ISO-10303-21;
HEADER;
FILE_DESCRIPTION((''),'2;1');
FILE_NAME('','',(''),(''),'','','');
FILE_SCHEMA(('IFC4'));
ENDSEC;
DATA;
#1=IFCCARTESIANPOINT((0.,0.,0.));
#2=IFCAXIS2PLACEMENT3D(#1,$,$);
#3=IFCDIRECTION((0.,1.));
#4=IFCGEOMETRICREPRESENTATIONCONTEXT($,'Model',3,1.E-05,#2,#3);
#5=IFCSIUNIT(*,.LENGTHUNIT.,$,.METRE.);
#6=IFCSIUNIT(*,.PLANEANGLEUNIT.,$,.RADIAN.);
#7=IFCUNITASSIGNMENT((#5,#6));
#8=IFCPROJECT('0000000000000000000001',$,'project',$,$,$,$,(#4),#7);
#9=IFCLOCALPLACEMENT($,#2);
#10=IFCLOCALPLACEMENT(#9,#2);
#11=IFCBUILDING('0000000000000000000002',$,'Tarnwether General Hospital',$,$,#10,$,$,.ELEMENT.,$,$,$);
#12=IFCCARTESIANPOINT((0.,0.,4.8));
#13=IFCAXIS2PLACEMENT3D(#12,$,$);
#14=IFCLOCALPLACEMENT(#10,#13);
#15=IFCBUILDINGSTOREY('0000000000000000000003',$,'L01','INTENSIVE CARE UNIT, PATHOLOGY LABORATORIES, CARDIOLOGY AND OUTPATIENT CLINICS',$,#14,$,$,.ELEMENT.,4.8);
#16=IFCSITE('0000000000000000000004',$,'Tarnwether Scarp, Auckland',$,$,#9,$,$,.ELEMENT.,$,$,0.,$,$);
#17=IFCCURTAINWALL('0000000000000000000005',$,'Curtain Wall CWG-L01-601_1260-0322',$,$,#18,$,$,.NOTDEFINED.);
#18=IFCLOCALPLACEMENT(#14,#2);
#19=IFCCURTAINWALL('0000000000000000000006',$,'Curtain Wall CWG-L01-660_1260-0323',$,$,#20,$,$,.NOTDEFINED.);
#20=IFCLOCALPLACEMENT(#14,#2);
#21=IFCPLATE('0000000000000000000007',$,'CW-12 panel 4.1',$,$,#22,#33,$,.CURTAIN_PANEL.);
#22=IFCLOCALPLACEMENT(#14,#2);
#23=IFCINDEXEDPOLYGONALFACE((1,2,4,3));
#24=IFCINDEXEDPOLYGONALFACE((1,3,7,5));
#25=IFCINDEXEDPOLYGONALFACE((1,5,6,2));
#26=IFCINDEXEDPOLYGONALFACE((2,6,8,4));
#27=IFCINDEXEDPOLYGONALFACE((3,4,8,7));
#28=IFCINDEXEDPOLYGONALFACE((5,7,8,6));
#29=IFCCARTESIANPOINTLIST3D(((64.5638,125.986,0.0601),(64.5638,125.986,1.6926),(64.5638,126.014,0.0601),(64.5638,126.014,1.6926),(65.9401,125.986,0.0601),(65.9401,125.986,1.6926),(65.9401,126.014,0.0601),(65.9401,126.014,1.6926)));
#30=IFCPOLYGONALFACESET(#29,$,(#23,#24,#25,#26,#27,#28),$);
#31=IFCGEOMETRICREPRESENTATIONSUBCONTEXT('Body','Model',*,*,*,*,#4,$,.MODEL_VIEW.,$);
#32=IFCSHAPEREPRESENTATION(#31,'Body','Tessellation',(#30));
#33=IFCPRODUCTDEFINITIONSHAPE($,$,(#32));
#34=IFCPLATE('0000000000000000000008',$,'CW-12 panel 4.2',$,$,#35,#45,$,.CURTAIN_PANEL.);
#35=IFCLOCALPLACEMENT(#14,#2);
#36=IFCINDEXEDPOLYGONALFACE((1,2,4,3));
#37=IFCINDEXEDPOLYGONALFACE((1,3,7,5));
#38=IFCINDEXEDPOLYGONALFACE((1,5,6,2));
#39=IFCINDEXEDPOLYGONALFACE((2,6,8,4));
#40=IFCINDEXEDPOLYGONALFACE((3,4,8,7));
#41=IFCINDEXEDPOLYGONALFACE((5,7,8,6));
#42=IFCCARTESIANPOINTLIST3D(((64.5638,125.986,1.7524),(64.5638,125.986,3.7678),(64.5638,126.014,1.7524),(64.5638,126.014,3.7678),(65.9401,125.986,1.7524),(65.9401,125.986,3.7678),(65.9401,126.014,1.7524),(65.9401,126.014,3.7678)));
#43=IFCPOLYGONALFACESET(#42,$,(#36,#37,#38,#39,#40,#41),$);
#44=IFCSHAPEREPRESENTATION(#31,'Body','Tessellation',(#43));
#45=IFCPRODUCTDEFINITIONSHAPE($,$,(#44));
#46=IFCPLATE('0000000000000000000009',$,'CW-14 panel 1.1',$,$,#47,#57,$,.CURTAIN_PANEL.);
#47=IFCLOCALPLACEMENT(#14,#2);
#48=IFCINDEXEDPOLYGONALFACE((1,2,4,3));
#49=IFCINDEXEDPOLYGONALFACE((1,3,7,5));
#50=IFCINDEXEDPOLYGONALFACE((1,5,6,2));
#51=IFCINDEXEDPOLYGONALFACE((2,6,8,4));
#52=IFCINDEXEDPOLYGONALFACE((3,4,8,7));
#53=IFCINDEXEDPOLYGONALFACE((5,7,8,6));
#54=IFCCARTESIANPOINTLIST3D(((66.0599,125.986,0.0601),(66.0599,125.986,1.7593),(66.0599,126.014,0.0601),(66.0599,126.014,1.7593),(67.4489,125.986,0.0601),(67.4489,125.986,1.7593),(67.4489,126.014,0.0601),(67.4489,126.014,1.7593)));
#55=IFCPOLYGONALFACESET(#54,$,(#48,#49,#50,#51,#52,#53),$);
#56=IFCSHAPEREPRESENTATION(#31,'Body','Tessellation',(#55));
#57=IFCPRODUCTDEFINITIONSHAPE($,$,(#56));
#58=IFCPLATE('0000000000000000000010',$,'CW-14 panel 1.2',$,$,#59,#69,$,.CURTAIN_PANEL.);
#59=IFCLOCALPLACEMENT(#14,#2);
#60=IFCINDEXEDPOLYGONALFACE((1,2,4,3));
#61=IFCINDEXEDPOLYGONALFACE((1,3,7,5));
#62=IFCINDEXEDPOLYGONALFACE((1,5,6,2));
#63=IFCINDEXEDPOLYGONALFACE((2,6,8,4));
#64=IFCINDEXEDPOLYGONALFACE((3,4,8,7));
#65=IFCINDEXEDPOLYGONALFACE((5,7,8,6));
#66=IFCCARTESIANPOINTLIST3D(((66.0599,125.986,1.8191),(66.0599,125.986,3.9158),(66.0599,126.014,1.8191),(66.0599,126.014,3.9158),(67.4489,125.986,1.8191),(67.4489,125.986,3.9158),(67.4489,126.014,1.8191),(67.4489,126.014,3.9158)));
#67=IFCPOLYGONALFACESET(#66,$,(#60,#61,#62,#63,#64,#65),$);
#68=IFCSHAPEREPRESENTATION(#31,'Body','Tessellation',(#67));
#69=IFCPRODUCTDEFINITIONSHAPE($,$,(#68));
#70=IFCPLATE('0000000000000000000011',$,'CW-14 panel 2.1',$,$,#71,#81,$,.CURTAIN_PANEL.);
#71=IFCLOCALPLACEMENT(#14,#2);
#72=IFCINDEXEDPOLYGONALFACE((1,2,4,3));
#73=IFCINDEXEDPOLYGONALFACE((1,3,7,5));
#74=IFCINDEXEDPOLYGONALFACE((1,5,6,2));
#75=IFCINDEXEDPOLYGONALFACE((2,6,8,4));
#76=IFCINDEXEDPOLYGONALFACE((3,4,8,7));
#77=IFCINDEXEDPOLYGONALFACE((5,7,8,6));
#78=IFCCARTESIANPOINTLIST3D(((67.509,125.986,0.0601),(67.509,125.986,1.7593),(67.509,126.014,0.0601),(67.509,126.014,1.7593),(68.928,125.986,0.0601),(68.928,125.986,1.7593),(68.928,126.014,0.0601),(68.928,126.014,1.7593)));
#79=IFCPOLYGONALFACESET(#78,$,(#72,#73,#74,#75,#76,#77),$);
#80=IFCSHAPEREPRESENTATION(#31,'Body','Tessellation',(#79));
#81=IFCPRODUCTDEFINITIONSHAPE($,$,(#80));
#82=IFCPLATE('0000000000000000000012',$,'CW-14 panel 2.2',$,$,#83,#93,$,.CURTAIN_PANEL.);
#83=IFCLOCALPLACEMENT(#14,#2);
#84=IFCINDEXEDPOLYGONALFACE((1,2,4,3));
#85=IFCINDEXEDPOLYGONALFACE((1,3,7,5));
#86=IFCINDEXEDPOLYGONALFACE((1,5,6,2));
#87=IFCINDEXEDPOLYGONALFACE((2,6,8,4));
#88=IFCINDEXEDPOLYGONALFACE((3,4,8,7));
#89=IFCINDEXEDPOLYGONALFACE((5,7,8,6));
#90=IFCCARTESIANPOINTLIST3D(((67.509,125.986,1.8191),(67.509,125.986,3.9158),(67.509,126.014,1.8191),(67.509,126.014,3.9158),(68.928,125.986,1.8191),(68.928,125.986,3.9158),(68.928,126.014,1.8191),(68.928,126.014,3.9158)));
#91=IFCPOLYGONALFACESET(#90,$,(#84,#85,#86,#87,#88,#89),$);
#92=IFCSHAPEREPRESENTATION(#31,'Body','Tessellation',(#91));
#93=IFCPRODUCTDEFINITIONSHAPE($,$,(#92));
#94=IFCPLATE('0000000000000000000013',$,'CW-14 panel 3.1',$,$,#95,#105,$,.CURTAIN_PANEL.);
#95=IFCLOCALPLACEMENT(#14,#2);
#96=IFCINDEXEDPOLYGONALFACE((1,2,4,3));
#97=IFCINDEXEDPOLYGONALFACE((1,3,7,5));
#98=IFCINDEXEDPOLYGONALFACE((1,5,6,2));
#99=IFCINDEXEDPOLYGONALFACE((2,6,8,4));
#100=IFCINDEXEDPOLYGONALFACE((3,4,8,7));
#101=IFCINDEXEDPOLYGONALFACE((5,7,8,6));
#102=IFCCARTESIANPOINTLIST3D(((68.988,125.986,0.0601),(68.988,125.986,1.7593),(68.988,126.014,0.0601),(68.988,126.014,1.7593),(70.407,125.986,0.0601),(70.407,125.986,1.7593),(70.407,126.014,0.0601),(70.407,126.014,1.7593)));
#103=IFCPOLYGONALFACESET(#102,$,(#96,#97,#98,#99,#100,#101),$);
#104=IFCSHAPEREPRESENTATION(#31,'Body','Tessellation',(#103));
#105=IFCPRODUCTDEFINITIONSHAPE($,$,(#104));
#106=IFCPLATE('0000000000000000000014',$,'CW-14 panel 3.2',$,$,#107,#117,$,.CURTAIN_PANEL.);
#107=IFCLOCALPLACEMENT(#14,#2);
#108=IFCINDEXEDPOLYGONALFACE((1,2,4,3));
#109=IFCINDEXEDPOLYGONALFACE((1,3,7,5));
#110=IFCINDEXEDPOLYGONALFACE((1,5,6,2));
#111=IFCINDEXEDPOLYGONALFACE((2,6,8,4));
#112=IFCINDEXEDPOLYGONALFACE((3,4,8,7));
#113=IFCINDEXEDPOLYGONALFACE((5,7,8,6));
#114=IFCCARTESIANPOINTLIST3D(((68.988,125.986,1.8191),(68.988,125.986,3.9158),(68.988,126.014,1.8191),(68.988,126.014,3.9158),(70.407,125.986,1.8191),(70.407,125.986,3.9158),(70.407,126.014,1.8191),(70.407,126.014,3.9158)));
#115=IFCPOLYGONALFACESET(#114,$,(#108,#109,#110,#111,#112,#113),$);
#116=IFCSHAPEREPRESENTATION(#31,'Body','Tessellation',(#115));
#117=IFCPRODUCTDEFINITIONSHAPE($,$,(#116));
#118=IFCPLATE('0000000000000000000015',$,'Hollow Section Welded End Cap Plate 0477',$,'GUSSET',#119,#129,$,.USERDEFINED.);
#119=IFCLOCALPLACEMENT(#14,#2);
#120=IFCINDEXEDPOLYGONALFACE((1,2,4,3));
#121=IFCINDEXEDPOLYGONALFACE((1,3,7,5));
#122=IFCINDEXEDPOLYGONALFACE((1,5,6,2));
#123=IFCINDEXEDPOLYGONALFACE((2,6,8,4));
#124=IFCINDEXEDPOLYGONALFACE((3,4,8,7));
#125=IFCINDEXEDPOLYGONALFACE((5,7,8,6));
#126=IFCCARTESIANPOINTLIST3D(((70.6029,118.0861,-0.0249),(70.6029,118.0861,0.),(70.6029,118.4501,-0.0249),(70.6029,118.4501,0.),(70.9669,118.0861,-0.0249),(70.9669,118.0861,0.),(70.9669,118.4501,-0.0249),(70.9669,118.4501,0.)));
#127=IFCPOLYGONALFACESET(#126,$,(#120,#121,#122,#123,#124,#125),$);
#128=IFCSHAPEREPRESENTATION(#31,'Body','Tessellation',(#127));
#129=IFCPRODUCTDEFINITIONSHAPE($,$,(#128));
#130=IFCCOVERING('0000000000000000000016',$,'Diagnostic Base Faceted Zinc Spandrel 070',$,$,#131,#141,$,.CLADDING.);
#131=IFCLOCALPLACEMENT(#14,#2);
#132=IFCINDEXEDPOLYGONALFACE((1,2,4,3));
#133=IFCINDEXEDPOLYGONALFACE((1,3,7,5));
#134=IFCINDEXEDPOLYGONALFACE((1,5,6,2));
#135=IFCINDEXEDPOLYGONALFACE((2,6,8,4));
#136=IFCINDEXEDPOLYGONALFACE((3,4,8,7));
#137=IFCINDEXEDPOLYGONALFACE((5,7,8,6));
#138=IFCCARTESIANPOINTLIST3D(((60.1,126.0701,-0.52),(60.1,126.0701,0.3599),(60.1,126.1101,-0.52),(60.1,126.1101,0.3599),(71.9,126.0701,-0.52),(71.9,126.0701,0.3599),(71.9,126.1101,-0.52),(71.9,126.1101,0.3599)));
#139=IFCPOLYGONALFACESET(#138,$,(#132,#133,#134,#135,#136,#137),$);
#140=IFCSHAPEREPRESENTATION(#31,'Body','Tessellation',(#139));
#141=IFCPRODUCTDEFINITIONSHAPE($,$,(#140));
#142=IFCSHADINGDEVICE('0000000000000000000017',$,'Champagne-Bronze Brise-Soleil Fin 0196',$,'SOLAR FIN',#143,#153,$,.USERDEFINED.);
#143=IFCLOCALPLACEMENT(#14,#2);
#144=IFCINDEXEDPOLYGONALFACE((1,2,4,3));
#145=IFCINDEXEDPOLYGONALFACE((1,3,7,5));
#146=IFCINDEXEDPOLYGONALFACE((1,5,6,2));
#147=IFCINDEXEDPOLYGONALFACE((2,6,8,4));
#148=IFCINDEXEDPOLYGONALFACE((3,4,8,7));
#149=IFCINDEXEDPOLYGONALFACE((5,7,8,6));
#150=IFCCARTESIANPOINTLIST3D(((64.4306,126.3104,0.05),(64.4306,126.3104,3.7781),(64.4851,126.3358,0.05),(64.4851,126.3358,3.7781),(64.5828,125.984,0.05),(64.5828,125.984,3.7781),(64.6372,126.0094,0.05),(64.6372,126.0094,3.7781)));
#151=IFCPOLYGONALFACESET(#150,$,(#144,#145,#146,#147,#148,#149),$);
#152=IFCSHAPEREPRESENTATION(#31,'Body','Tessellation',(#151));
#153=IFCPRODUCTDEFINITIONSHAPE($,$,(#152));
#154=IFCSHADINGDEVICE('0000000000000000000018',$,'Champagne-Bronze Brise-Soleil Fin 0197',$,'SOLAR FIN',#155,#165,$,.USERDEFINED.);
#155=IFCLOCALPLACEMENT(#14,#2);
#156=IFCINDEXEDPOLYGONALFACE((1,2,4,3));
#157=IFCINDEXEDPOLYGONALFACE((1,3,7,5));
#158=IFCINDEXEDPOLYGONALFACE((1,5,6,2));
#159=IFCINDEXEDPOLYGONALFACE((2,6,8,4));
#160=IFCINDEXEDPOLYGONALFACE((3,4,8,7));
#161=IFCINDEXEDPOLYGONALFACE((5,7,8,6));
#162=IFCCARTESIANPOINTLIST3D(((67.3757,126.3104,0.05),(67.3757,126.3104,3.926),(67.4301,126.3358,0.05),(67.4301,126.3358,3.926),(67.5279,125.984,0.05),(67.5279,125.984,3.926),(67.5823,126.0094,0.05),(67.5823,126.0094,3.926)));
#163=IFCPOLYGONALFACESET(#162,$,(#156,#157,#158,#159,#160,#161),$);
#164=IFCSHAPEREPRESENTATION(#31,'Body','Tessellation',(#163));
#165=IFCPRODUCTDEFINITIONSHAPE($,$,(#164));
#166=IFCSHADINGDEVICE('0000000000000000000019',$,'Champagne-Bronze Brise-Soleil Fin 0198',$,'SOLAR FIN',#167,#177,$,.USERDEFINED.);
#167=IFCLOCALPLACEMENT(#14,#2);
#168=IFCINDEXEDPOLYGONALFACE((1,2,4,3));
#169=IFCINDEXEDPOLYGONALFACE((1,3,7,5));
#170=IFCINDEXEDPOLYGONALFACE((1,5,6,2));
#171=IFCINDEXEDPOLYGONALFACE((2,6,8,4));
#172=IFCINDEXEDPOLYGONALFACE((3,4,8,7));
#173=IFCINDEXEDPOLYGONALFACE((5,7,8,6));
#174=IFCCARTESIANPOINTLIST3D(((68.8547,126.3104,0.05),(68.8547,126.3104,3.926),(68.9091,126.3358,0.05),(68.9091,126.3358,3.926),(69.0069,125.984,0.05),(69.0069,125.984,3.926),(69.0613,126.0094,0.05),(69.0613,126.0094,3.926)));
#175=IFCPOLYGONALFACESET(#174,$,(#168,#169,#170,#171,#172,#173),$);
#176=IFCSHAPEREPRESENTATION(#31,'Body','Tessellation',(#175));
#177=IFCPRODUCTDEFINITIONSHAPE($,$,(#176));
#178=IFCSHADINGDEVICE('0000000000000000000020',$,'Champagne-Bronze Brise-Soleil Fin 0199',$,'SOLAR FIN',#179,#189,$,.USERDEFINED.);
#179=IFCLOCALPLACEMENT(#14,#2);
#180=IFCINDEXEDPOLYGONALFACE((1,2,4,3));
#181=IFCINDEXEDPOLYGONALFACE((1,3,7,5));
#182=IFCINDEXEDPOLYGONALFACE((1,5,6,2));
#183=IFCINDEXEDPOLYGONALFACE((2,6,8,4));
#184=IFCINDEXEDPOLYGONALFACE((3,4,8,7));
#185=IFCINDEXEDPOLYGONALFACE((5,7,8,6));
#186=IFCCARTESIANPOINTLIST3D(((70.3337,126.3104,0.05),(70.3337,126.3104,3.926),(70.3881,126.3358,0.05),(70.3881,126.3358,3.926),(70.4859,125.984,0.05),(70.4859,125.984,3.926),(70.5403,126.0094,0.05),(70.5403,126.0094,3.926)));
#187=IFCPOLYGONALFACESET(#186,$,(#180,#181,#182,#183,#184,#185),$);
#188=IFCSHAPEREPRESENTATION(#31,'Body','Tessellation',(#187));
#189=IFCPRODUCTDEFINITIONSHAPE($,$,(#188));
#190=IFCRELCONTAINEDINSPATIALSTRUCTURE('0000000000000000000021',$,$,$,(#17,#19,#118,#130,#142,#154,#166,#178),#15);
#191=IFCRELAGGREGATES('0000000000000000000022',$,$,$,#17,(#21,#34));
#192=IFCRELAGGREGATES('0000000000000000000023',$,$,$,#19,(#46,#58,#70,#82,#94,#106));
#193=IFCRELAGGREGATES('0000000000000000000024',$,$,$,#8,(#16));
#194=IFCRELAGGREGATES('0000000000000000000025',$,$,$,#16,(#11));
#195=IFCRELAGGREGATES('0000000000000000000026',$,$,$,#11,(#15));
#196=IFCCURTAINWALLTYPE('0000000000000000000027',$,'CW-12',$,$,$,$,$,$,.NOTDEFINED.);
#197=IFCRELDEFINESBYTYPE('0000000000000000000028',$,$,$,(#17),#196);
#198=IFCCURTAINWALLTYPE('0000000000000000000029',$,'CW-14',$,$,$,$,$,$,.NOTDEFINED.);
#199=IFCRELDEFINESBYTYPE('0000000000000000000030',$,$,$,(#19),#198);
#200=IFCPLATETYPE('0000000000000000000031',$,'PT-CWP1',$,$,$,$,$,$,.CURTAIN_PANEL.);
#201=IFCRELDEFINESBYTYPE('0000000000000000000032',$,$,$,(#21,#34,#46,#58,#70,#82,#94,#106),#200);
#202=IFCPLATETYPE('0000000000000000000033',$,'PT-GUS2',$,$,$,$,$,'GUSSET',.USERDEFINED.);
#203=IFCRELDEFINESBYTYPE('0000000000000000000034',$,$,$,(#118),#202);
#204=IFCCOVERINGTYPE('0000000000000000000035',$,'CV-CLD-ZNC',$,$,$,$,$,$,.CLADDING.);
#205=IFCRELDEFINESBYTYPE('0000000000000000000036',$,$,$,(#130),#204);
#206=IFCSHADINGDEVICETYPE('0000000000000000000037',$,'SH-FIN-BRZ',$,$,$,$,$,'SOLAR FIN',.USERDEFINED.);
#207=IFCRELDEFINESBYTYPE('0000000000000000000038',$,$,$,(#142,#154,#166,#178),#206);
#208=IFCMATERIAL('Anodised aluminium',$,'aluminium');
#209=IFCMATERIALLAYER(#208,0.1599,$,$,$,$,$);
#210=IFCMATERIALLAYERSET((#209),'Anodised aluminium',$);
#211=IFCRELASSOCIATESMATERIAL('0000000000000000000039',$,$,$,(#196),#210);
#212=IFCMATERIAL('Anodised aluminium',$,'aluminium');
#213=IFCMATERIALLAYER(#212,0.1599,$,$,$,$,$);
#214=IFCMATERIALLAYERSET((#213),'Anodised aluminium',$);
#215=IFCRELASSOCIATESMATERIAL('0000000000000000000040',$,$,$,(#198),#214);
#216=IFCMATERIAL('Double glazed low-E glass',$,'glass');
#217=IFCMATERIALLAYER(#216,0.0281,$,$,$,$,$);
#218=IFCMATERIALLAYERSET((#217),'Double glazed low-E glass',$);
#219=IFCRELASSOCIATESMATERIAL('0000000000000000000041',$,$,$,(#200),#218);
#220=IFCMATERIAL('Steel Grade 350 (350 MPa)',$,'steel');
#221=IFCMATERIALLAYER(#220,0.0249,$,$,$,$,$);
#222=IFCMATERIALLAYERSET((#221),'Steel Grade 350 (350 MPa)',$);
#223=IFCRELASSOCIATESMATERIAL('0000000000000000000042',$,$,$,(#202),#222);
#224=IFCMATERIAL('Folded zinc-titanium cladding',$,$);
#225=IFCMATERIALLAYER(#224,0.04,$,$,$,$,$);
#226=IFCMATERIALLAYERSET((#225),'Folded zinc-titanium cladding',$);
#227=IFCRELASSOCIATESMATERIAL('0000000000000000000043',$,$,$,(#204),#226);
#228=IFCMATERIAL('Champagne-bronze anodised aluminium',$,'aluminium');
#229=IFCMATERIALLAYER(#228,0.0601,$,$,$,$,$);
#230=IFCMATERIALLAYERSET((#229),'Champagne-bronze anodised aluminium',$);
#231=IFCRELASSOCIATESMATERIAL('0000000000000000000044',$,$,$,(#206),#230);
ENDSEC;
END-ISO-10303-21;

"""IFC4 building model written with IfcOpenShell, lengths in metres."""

from ifc_helpers import new_model, si_unit, direction, frame, origin, origin_2d, place, context, subcontext, project, spatial, rectangle, extrude, material, layer, layer_set, type_object, element, aggregate, save


model = new_model("IFC4")

# Units and contexts
model_context = context("Model", 3, precision=1e-05, world=origin(), true_north=direction((0.0, 1.0)))
body_context = subcontext(model_context, "Body", "Model", "MODEL_VIEW")
ifc_project = project(units=[si_unit("LENGTHUNIT", "METRE"), si_unit("PLANEANGLEUNIT", "RADIAN")], contexts=[model_context])

# Site, building, storey
site_placement = place(None, origin())
site = spatial("IfcSite", under=ifc_project, at=site_placement, Name="Tarnwether Scarp, Auckland", CompositionType="ELEMENT", RefElevation=0.0)
building_placement = place(site_placement, origin())
building = spatial("IfcBuilding", under=site, at=building_placement, Name="Tarnwether General Hospital", CompositionType="ELEMENT")
storey_placement = place(building_placement, frame((0.0, 0.0, 4.8)))
storey = spatial("IfcBuildingStorey", under=building, at=storey_placement, Name="L01", Description="INTENSIVE CARE UNIT, PATHOLOGY LABORATORIES, CARDIOLOGY AND OUTPATIENT CLINICS", CompositionType="ELEMENT", Elevation=4.8)

# Curtain walls
ifc_material_1 = material(Name="Anodised aluminium", Category="aluminium")
ifc_layer_1 = layer(ifc_material_1, 0.1599)
ifc_layer_set_1 = layer_set([ifc_layer_1], Name="Anodised aluminium")
curtain_wall_type_1 = type_object("IfcCurtainWallType", Name="CW-12", PredefinedType="NOTDEFINED", material=ifc_layer_set_1)
curtain_wall_1_placement = place(storey_placement, origin())
curtain_wall_1 = element("IfcCurtainWall", 1, at=curtain_wall_1_placement, inside=storey, type_object=curtain_wall_type_1, Name="Curtain Wall CWG-L01-601_1260-0322", PredefinedType="NOTDEFINED")
ifc_material_2 = material(Name="Anodised aluminium", Category="aluminium")
ifc_layer_2 = layer(ifc_material_2, 0.1599)
ifc_layer_set_2 = layer_set([ifc_layer_2], Name="Anodised aluminium")
curtain_wall_type_2 = type_object("IfcCurtainWallType", Name="CW-14", PredefinedType="NOTDEFINED", material=ifc_layer_set_2)
curtain_wall_2_placement = place(storey_placement, origin())
curtain_wall_2 = element("IfcCurtainWall", 2, at=curtain_wall_2_placement, inside=storey, type_object=curtain_wall_type_2, Name="Curtain Wall CWG-L01-660_1260-0323", PredefinedType="NOTDEFINED")

# Plates
ifc_material_3 = material(Name="Double glazed low-E glass", Category="glass")
ifc_layer_3 = layer(ifc_material_3, 0.0281)
ifc_layer_set_3 = layer_set([ifc_layer_3], Name="Double glazed low-E glass")
plate_type_1 = type_object("IfcPlateType", Name="PT-CWP1", PredefinedType="CURTAIN_PANEL", material=ifc_layer_set_3)
plate_1_placement = place(storey_placement, frame((65.252, 126.0, 0.0601), z_axis=(0.0, 0.0, 1.0), x_axis=(1.0, 0.0, 0.0)))
plate_1 = element("IfcPlate", 3, at=plate_1_placement, type_object=plate_type_1, Name="CW-12 panel 4.1", PredefinedType="CURTAIN_PANEL", context=body_context, shape_type="SweptSolid", body=[
    extrude(rectangle(XDim=1.3762, YDim=0.0281, at=origin_2d()), origin(), (0.0, 0.0, 1.0), 1.6326),
])
plate_2_placement = place(storey_placement, frame((65.252, 126.0, 1.7524), z_axis=(0.0, 0.0, 1.0), x_axis=(1.0, 0.0, 0.0)))
plate_2 = element("IfcPlate", 4, at=plate_2_placement, type_object=plate_type_1, Name="CW-12 panel 4.2", PredefinedType="CURTAIN_PANEL", context=body_context, shape_type="SweptSolid", body=[
    extrude(rectangle(XDim=1.3762, YDim=0.0281, at=origin_2d()), origin(), (0.0, 0.0, 1.0), 2.0154),
])
aggregate(curtain_wall_1, [plate_1, plate_2])
plate_3_placement = place(storey_placement, frame((66.7544, 126.0, 0.0601), z_axis=(0.0, 0.0, 1.0), x_axis=(1.0, 0.0, 0.0)))
plate_3 = element("IfcPlate", 5, at=plate_3_placement, type_object=plate_type_1, Name="CW-14 panel 1.1", PredefinedType="CURTAIN_PANEL", context=body_context, shape_type="SweptSolid", body=[
    extrude(rectangle(XDim=1.3889, YDim=0.0281, at=origin_2d()), origin(), (0.0, 0.0, 1.0), 1.6992),
])
plate_4_placement = place(storey_placement, frame((66.7544, 126.0, 1.8191), z_axis=(0.0, 0.0, 1.0), x_axis=(1.0, 0.0, 0.0)))
plate_4 = element("IfcPlate", 6, at=plate_4_placement, type_object=plate_type_1, Name="CW-14 panel 1.2", PredefinedType="CURTAIN_PANEL", context=body_context, shape_type="SweptSolid", body=[
    extrude(rectangle(XDim=1.3889, YDim=0.0281, at=origin_2d()), origin(), (0.0, 0.0, 1.0), 2.0967),
])
plate_5_placement = place(storey_placement, frame((68.2185, 126.0, 0.0601), z_axis=(0.0, 0.0, 1.0), x_axis=(1.0, 0.0, 0.0)))
plate_5 = element("IfcPlate", 7, at=plate_5_placement, type_object=plate_type_1, Name="CW-14 panel 2.1", PredefinedType="CURTAIN_PANEL", context=body_context, shape_type="SweptSolid", body=[
    extrude(rectangle(XDim=1.4189, YDim=0.0281, at=origin_2d()), origin(), (0.0, 0.0, 1.0), 1.6992),
])
plate_6_placement = place(storey_placement, frame((68.2185, 126.0, 1.8191), z_axis=(0.0, 0.0, 1.0), x_axis=(1.0, 0.0, 0.0)))
plate_6 = element("IfcPlate", 8, at=plate_6_placement, type_object=plate_type_1, Name="CW-14 panel 2.2", PredefinedType="CURTAIN_PANEL", context=body_context, shape_type="SweptSolid", body=[
    extrude(rectangle(XDim=1.4189, YDim=0.0281, at=origin_2d()), origin(), (0.0, 0.0, 1.0), 2.0967),
])
plate_7_placement = place(storey_placement, frame((69.6975, 126.0, 0.0601), z_axis=(0.0, 0.0, 1.0), x_axis=(1.0, 0.0, 0.0)))
plate_7 = element("IfcPlate", 9, at=plate_7_placement, type_object=plate_type_1, Name="CW-14 panel 3.1", PredefinedType="CURTAIN_PANEL", context=body_context, shape_type="SweptSolid", body=[
    extrude(rectangle(XDim=1.4189, YDim=0.0281, at=origin_2d()), origin(), (0.0, 0.0, 1.0), 1.6992),
])
plate_8_placement = place(storey_placement, frame((69.6975, 126.0, 1.8191), z_axis=(0.0, 0.0, 1.0), x_axis=(1.0, 0.0, 0.0)))
plate_8 = element("IfcPlate", 10, at=plate_8_placement, type_object=plate_type_1, Name="CW-14 panel 3.2", PredefinedType="CURTAIN_PANEL", context=body_context, shape_type="SweptSolid", body=[
    extrude(rectangle(XDim=1.4189, YDim=0.0281, at=origin_2d()), origin(), (0.0, 0.0, 1.0), 2.0967),
])
aggregate(curtain_wall_2, [plate_3, plate_4, plate_5, plate_6, plate_7, plate_8])
ifc_material_4 = material(Name="Steel Grade 350 (350 MPa)", Category="steel")
ifc_layer_4 = layer(ifc_material_4, 0.0249)
ifc_layer_set_4 = layer_set([ifc_layer_4], Name="Steel Grade 350 (350 MPa)")
plate_type_2 = type_object("IfcPlateType", Name="PT-GUS2", ElementType="GUSSET", PredefinedType="USERDEFINED", material=ifc_layer_set_4)
plate_9_placement = place(storey_placement, frame((70.7849, 118.2681, -0.0249), z_axis=(0.0, 0.0, 1.0), x_axis=(1.0, 0.0, 0.0)))
element("IfcPlate", 11, at=plate_9_placement, inside=storey, type_object=plate_type_2, Name="Hollow Section Welded End Cap Plate 0477", ObjectType="GUSSET", PredefinedType="USERDEFINED", context=body_context, shape_type="SweptSolid", body=[
    extrude(rectangle(XDim=0.364, YDim=0.364, at=origin_2d()), origin(), (0.0, 0.0, 1.0), 0.0249),
])

# Covering
ifc_material_5 = material(Name="Folded zinc-titanium cladding")
ifc_layer_5 = layer(ifc_material_5, 0.04)
ifc_layer_set_5 = layer_set([ifc_layer_5], Name="Folded zinc-titanium cladding")
covering_type = type_object("IfcCoveringType", Name="CV-CLD-ZNC", PredefinedType="CLADDING", material=ifc_layer_set_5)
covering_placement = place(storey_placement, frame((66.0, 126.0901, -0.52), z_axis=(0.0, 0.0, 1.0), x_axis=(1.0, 0.0, 0.0)))
element("IfcCovering", 12, at=covering_placement, inside=storey, type_object=covering_type, Name="Diagnostic Base Faceted Zinc Spandrel 070", PredefinedType="CLADDING", context=body_context, shape_type="SweptSolid", body=[
    extrude(rectangle(XDim=11.8, YDim=0.04, at=origin_2d()), origin(), (0.0, 0.0, 1.0), 0.8799),
])

# Shading devices
ifc_material_6 = material(Name="Champagne-bronze anodised aluminium", Category="aluminium")
ifc_layer_6 = layer(ifc_material_6, 0.0601)
ifc_layer_set_6 = layer_set([ifc_layer_6], Name="Champagne-bronze anodised aluminium")
shading_device_type = type_object("IfcShadingDeviceType", Name="SH-FIN-BRZ", ElementType="SOLAR FIN", PredefinedType="USERDEFINED", material=ifc_layer_set_6)
shading_device_placement = place(storey_placement, frame((64.5339, 126.1599, 0.05), z_axis=(0.0, 0.0, 1.0), x_axis=(0.906308, 0.422618, 0.0)))
element("IfcShadingDevice", 13, at=shading_device_placement, inside=storey, type_object=shading_device_type, Name="Champagne-Bronze Brise-Soleil Fin 0196", ObjectType="SOLAR FIN", PredefinedType="USERDEFINED", context=body_context, shape_type="SweptSolid", body=[
    extrude(rectangle(XDim=0.0601, YDim=0.3601, at=origin_2d()), origin(), (0.0, 0.0, 1.0), 3.728),
])
for number, where, z_axis, x_axis, name in (
    (14, (67.479, 126.1599, 0.05), (0.0, 0.0, 1.0), (0.906308, 0.422618, 0.0), "Champagne-Bronze Brise-Soleil Fin 0197"),
    (15, (68.958, 126.1599, 0.05), (0.0, 0.0, 1.0), (0.906308, 0.422618, 0.0), "Champagne-Bronze Brise-Soleil Fin 0198"),
    (16, (70.437, 126.1599, 0.05), (0.0, 0.0, 1.0), (0.906308, 0.422618, 0.0), "Champagne-Bronze Brise-Soleil Fin 0199"),
):
    element("IfcShadingDevice", number, at=place(storey_placement, frame(where, z_axis=z_axis, x_axis=x_axis)), inside=storey, type_object=shading_device_type, Name=name, ObjectType="SOLAR FIN", PredefinedType="USERDEFINED", context=body_context, shape_type="SweptSolid", body=[
        extrude(rectangle(XDim=0.0601, YDim=0.3601, at=origin_2d()), origin(), (0.0, 0.0, 1.0), 3.876),
    ])

save(model, "model.ifc")
